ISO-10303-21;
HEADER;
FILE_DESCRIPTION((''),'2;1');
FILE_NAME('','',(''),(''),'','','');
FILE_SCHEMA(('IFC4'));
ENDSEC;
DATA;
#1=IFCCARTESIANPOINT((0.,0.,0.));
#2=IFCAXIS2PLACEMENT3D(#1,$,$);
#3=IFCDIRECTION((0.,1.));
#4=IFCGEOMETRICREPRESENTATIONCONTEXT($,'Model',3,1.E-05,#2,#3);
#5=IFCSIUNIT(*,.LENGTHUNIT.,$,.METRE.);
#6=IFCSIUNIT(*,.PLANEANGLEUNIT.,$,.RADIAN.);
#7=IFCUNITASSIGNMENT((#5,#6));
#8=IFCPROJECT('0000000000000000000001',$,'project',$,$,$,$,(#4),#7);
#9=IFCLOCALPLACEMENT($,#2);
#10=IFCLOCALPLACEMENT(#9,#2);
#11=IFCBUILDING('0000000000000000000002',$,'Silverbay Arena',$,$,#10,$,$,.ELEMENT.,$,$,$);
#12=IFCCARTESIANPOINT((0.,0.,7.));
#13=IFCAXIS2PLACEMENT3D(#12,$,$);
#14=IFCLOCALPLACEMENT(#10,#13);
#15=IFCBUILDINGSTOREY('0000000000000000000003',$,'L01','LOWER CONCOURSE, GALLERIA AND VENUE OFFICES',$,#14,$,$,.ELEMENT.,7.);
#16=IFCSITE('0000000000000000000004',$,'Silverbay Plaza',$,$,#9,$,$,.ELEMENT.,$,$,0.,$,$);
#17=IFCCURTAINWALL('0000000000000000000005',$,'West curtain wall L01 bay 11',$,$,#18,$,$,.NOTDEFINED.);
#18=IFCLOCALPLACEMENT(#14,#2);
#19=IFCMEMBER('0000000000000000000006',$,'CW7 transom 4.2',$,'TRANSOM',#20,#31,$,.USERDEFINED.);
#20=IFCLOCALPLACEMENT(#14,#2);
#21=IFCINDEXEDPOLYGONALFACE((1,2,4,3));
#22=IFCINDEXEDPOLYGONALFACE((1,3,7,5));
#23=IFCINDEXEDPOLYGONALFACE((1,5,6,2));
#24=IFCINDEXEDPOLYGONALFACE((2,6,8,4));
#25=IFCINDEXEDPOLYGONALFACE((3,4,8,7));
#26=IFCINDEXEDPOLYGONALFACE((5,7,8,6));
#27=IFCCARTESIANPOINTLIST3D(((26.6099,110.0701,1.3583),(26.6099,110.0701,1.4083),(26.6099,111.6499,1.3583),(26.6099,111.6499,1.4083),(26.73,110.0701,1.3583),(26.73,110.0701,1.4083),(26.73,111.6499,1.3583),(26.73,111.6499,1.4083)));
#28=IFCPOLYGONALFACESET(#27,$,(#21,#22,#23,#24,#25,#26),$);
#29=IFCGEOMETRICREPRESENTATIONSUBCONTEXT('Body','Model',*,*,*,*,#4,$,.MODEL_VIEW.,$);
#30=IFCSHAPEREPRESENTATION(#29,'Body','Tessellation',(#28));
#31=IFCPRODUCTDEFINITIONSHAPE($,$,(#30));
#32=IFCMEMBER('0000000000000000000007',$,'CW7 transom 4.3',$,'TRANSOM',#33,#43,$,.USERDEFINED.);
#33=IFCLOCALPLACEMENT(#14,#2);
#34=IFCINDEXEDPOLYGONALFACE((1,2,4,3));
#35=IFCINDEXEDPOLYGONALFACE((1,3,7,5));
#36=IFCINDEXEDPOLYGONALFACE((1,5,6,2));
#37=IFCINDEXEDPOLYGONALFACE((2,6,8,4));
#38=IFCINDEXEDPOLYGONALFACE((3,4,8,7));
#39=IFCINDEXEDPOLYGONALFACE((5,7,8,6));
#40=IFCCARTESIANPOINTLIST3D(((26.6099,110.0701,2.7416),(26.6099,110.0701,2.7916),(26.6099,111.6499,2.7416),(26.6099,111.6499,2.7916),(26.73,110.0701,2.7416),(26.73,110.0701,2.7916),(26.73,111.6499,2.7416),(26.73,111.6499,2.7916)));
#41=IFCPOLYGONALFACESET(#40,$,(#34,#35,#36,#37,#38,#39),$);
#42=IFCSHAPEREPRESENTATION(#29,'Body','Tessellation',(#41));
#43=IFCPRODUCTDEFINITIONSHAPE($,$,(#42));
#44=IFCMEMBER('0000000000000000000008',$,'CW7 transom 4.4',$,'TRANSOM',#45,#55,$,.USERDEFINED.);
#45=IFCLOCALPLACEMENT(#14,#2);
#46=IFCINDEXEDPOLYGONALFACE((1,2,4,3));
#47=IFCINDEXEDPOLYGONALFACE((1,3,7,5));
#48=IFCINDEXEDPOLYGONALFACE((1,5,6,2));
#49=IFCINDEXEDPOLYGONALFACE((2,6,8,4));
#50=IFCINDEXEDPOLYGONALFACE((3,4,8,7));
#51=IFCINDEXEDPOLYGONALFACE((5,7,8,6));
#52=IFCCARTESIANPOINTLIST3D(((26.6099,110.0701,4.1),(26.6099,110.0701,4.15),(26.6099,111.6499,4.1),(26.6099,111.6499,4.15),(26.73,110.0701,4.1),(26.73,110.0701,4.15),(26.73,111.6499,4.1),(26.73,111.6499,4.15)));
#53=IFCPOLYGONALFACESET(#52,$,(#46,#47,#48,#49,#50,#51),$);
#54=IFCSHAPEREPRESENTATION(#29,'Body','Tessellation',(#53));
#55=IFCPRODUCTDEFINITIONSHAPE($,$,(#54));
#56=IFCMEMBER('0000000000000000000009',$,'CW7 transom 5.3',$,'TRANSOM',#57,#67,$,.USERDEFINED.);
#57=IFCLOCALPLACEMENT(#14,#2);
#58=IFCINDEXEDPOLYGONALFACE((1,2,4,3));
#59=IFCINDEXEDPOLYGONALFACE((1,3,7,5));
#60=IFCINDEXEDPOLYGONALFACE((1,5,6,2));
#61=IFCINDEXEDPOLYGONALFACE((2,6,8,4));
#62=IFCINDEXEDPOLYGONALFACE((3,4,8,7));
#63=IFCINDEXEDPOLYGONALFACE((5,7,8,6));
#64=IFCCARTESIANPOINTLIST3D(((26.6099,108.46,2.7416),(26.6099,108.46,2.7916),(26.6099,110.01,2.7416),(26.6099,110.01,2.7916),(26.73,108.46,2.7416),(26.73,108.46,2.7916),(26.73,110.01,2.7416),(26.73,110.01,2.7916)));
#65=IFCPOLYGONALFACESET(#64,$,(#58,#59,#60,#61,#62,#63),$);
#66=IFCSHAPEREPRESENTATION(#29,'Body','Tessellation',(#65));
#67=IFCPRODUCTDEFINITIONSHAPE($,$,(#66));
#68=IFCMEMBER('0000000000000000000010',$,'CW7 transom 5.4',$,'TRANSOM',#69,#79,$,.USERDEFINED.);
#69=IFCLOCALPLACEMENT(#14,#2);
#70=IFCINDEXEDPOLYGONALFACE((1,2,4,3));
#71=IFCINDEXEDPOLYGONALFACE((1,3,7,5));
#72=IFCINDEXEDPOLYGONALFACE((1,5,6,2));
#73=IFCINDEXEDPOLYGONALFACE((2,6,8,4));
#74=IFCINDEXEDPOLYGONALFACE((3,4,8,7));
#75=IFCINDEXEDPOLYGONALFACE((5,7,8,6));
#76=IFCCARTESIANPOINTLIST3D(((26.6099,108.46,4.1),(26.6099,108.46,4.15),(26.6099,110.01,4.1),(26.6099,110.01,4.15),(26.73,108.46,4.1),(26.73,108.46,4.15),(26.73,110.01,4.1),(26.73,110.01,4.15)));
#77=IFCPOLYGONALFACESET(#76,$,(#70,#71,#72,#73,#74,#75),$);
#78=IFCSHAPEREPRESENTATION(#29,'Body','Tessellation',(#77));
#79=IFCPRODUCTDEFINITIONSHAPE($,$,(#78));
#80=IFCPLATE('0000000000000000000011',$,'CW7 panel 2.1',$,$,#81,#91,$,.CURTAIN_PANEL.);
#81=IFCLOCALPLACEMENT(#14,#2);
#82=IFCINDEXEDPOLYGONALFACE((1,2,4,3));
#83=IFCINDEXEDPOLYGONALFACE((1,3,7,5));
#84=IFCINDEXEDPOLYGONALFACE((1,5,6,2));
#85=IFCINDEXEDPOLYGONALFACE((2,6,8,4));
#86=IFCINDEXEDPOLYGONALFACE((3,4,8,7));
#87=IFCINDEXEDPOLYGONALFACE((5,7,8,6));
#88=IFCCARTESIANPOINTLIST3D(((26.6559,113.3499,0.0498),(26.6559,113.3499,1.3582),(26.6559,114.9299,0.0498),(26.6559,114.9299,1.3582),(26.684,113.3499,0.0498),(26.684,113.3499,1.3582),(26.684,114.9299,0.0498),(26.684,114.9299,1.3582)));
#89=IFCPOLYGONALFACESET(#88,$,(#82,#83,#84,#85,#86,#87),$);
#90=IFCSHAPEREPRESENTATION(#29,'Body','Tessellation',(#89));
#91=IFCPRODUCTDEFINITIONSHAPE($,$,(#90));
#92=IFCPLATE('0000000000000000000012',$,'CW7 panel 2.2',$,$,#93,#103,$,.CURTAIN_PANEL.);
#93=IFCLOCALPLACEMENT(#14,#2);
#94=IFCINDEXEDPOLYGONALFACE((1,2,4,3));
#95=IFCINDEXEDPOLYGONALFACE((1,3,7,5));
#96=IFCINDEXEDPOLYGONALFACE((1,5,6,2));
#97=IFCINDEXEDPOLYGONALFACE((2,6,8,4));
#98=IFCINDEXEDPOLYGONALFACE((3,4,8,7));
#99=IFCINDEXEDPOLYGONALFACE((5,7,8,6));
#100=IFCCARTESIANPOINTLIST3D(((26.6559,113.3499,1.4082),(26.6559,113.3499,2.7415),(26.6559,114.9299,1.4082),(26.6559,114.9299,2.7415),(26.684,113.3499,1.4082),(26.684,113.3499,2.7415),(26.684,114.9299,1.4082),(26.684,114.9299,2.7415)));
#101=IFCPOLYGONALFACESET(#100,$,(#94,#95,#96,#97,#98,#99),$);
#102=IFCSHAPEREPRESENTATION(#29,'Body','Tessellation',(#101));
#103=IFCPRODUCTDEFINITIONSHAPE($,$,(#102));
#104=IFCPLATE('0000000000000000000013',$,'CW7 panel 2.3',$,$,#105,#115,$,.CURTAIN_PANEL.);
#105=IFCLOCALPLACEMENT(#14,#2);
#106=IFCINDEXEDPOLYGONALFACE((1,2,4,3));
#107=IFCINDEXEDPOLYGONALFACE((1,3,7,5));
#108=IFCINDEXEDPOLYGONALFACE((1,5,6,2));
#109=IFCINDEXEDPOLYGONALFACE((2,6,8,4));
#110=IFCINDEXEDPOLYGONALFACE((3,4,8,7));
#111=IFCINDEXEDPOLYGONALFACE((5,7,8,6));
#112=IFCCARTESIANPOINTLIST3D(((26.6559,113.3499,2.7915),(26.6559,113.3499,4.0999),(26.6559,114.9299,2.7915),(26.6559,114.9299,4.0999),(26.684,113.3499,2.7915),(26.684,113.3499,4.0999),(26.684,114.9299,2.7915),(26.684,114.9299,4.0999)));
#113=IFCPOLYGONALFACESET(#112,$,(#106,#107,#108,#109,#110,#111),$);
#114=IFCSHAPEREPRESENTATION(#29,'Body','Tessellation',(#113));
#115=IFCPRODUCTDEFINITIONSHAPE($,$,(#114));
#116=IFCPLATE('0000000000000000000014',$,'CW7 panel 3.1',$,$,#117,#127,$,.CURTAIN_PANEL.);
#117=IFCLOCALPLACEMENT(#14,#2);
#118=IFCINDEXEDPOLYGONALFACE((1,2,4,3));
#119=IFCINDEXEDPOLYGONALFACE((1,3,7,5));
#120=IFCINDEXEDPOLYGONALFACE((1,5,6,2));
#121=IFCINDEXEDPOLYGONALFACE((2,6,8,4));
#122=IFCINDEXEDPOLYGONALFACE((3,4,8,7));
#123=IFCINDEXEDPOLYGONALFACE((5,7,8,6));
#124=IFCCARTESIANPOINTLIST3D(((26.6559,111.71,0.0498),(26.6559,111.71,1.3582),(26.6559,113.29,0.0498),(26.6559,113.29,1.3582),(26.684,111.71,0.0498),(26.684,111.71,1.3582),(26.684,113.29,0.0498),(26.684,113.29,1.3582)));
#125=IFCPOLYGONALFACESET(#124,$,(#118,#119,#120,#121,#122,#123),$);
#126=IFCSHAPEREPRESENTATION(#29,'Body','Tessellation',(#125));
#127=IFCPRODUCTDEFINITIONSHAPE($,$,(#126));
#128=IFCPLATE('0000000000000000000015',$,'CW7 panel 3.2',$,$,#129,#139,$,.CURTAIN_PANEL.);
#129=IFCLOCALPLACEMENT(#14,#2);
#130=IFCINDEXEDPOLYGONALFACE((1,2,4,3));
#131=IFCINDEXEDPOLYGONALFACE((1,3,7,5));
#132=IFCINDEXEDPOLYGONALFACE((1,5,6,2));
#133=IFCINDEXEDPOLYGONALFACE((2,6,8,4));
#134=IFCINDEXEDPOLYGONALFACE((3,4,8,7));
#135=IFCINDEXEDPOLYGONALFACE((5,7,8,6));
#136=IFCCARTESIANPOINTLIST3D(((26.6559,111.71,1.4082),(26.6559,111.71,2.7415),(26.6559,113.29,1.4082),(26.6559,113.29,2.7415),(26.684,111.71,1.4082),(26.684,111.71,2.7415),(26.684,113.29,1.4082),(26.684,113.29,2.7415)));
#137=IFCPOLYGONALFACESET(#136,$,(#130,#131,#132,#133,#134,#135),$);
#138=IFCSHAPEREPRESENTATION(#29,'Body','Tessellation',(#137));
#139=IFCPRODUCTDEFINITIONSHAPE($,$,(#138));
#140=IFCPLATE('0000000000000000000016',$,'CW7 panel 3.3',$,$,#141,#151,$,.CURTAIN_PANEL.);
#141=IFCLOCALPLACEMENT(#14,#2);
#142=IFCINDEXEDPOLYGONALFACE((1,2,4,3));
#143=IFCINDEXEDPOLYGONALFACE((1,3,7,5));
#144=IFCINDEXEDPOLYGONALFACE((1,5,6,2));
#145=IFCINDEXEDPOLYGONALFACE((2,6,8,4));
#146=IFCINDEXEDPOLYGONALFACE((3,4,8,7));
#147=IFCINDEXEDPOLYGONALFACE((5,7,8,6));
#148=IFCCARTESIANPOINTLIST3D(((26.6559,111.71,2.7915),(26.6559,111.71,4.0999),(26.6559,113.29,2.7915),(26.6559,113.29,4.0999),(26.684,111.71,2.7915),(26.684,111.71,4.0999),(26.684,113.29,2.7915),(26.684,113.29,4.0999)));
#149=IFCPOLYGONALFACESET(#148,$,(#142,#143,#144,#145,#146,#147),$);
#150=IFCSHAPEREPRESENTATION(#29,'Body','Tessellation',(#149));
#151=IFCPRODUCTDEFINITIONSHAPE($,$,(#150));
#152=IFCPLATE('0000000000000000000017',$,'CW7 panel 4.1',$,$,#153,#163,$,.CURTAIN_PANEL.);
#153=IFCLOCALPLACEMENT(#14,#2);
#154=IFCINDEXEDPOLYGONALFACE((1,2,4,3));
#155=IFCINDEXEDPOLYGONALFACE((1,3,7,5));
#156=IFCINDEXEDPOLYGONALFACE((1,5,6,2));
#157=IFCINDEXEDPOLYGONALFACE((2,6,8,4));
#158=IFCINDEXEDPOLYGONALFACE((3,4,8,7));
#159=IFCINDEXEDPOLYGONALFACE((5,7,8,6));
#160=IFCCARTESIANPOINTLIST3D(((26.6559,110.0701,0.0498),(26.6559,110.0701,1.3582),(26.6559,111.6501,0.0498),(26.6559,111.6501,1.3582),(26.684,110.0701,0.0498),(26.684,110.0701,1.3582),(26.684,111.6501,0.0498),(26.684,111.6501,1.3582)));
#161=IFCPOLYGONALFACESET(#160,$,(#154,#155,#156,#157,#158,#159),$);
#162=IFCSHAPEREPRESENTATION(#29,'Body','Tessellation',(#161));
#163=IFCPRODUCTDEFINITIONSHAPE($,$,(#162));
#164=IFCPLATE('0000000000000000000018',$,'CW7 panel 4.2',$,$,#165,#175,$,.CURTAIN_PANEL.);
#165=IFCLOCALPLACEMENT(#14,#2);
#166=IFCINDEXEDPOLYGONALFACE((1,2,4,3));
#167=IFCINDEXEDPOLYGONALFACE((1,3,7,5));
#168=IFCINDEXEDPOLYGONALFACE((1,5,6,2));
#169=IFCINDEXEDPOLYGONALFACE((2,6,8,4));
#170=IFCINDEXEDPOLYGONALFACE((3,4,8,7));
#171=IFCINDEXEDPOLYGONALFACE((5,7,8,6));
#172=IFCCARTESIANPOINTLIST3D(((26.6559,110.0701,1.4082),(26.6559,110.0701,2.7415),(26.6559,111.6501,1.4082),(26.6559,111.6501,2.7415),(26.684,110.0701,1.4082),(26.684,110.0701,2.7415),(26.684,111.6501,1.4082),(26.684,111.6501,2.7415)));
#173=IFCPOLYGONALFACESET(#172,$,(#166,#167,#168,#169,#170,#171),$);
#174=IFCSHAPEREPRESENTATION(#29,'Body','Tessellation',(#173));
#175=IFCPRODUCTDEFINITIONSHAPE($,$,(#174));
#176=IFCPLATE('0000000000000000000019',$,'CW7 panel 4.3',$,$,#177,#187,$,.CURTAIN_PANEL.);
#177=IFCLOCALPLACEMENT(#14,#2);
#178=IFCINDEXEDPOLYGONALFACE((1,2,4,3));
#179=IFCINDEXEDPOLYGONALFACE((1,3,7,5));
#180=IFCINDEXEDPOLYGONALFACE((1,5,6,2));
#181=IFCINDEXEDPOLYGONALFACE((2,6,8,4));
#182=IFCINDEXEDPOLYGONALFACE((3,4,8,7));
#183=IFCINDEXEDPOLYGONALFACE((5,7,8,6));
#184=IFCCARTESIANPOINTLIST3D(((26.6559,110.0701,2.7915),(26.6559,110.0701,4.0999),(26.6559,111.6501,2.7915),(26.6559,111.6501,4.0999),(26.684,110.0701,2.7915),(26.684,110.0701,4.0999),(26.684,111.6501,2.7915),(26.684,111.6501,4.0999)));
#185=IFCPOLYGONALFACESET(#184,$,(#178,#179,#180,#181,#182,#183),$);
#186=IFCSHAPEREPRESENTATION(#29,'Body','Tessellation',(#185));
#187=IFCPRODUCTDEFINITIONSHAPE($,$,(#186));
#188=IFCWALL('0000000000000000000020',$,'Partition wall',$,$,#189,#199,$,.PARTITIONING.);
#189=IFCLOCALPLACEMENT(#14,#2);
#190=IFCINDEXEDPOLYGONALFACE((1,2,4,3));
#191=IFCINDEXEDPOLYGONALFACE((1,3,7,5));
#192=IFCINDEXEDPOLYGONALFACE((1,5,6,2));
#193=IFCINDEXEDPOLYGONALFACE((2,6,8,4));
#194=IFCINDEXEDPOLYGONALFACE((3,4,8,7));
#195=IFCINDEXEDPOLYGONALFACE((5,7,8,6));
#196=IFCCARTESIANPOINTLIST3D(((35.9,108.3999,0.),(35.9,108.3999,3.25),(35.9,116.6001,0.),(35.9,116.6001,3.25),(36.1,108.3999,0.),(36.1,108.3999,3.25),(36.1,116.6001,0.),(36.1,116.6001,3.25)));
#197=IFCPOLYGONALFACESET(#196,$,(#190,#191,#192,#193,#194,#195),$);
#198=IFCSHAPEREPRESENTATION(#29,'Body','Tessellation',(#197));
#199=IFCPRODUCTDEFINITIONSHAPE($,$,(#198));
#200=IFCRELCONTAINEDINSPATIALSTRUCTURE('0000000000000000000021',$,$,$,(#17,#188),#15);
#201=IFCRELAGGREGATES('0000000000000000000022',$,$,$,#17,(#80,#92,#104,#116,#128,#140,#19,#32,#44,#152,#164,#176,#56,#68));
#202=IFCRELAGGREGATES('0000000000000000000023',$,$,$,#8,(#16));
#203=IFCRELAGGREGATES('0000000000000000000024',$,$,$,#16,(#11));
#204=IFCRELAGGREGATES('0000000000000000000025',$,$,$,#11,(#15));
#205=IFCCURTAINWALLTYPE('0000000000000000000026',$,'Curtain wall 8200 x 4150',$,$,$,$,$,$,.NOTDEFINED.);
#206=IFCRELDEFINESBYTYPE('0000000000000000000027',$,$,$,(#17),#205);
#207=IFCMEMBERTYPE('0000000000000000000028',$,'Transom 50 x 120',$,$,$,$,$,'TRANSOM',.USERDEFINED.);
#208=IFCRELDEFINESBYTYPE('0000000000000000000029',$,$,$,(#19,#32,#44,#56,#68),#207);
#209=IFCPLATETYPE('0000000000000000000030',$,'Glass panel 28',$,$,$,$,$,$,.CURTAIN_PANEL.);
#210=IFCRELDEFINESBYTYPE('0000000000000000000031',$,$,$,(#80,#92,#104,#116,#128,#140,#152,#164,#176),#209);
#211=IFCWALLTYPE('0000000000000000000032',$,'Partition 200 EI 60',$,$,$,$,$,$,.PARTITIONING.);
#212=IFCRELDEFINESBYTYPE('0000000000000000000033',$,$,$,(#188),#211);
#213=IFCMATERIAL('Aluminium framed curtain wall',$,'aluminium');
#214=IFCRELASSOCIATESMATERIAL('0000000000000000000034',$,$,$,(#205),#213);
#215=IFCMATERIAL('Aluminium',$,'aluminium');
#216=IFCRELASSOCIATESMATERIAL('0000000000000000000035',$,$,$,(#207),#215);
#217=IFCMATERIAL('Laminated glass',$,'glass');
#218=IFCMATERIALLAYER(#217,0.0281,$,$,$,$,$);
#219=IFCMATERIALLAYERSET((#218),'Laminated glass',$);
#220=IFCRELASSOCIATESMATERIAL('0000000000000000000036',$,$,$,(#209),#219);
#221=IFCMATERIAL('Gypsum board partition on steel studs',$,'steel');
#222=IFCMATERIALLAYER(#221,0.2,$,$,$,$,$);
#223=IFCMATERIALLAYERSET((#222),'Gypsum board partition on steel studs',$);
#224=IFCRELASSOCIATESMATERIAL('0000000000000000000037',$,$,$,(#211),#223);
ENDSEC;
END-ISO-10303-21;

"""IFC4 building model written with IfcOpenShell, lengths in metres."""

from ifc_helpers import new_model, si_unit, direction, frame, frame_2d, origin, origin_2d, place, context, subcontext, project, spatial, rectangle, extrude, material, layer, layer_set, material_profile, profile_set, type_object, element, aggregate, save


model = new_model("IFC4")

# Units and contexts
model_context = context("Model", 3, precision=1e-05, world=origin(), true_north=direction((0.0, 1.0)))
body_context = subcontext(model_context, "Body", "Model", "MODEL_VIEW")
ifc_project = project(units=[si_unit("LENGTHUNIT", "METRE"), si_unit("PLANEANGLEUNIT", "RADIAN")], contexts=[model_context])

# Site, building, storey
site_placement = place(None, origin())
site = spatial("IfcSite", under=ifc_project, at=site_placement, Name="Silverbay Plaza", CompositionType="ELEMENT", RefElevation=0.0)
building_placement = place(site_placement, origin())
building = spatial("IfcBuilding", under=site, at=building_placement, Name="Silverbay Arena", CompositionType="ELEMENT")
storey_placement = place(building_placement, frame((0.0, 0.0, 7.0)))
storey = spatial("IfcBuildingStorey", under=building, at=storey_placement, Name="L01", Description="LOWER CONCOURSE, GALLERIA AND VENUE OFFICES", CompositionType="ELEMENT", Elevation=7.0)

# Curtain wall
ifc_material_1 = material(Name="Aluminium framed curtain wall", Category="aluminium")
curtain_wall_type = type_object("IfcCurtainWallType", Name="Curtain wall 8200 x 4150", PredefinedType="NOTDEFINED", material=ifc_material_1)
curtain_wall_placement = place(storey_placement, origin())
curtain_wall = element("IfcCurtainWall", 1, at=curtain_wall_placement, inside=storey, type_object=curtain_wall_type, Name="West curtain wall L01 bay 11", PredefinedType="NOTDEFINED")

# Members
ifc_material_2 = material(Name="Aluminium", Category="aluminium")
ifc_material_profile_1 = material_profile(ifc_material_2, rectangle(XDim=0.1201, YDim=0.05, at=origin_2d()), Name="Transom 50 x 120")
ifc_profile_set_1 = profile_set([ifc_material_profile_1], Name="Aluminium")
member_type_1 = type_object("IfcMemberType", Name="Transom 50 x 120", ElementType="TRANSOM", PredefinedType="USERDEFINED", material=ifc_profile_set_1)
member_1_placement = place(storey_placement, frame((26.6699, 111.6499, 1.3833), z_axis=(0.0, -1.0, 0.0), x_axis=(1.0, 0.0, 0.0)))
member_1 = element("IfcMember", 2, at=member_1_placement, type_object=member_type_1, Name="CW7 transom 4.2", ObjectType="TRANSOM", PredefinedType="USERDEFINED", context=body_context, shape_type="SweptSolid", body=[
    extrude(rectangle(XDim=0.1201, YDim=0.05, at=origin_2d()), origin(), (0.0, 0.0, 1.0), 1.5798),
])
member_2_placement = place(storey_placement, frame((26.6699, 111.6499, 2.7666), z_axis=(0.0, -1.0, 0.0), x_axis=(1.0, 0.0, 0.0)))
member_2 = element("IfcMember", 3, at=member_2_placement, type_object=member_type_1, Name="CW7 transom 4.3", ObjectType="TRANSOM", PredefinedType="USERDEFINED", context=body_context, shape_type="SweptSolid", body=[
    extrude(rectangle(XDim=0.1201, YDim=0.05, at=origin_2d()), origin(), (0.0, 0.0, 1.0), 1.5798),
])
member_3_placement = place(storey_placement, frame((26.6699, 111.6499, 4.125), z_axis=(0.0, -1.0, 0.0), x_axis=(1.0, 0.0, 0.0)))
member_3 = element("IfcMember", 4, at=member_3_placement, type_object=member_type_1, Name="CW7 transom 4.4", ObjectType="TRANSOM", PredefinedType="USERDEFINED", context=body_context, shape_type="SweptSolid", body=[
    extrude(rectangle(XDim=0.1201, YDim=0.05, at=origin_2d()), origin(), (0.0, 0.0, 1.0), 1.5798),
])
member_4_placement = place(storey_placement, frame((26.6699, 110.01, 2.7666), z_axis=(0.0, -1.0, 0.0), x_axis=(1.0, 0.0, 0.0)))
member_4 = element("IfcMember", 5, at=member_4_placement, type_object=member_type_1, Name="CW7 transom 5.3", ObjectType="TRANSOM", PredefinedType="USERDEFINED", context=body_context, shape_type="SweptSolid", body=[
    extrude(rectangle(XDim=0.1201, YDim=0.05, at=origin_2d()), origin(), (0.0, 0.0, 1.0), 1.55),
])
member_5_placement = place(storey_placement, frame((26.6699, 110.01, 4.125), z_axis=(0.0, -1.0, 0.0), x_axis=(1.0, 0.0, 0.0)))
member_5 = element("IfcMember", 6, at=member_5_placement, type_object=member_type_1, Name="CW7 transom 5.4", ObjectType="TRANSOM", PredefinedType="USERDEFINED", context=body_context, shape_type="SweptSolid", body=[
    extrude(rectangle(XDim=0.1201, YDim=0.05, at=origin_2d()), origin(), (0.0, 0.0, 1.0), 1.55),
])

# Plates
ifc_material_3 = material(Name="Laminated glass", Category="glass")
ifc_layer_1 = layer(ifc_material_3, 0.0281)
ifc_layer_set_1 = layer_set([ifc_layer_1], Name="Laminated glass")
plate_type = type_object("IfcPlateType", Name="Glass panel 28", PredefinedType="CURTAIN_PANEL", material=ifc_layer_set_1)
plate_1_placement = place(storey_placement, frame((26.6699, 114.1399, 0.0498), z_axis=(0.0, 0.0, 1.0), x_axis=(0.0, -1.0, 0.0)))
plate_1 = element("IfcPlate", 7, at=plate_1_placement, type_object=plate_type, Name="CW7 panel 2.1", PredefinedType="CURTAIN_PANEL", context=body_context, shape_type="SweptSolid", body=[
    extrude(rectangle(XDim=1.5801, YDim=0.0281, at=origin_2d()), origin(), (0.0, 0.0, 1.0), 1.3083),
])
plate_2_placement = place(storey_placement, frame((26.6699, 114.1399, 1.4082), z_axis=(0.0, 0.0, 1.0), x_axis=(0.0, -1.0, 0.0)))
plate_2 = element("IfcPlate", 8, at=plate_2_placement, type_object=plate_type, Name="CW7 panel 2.2", PredefinedType="CURTAIN_PANEL", context=body_context, shape_type="SweptSolid", body=[
    extrude(rectangle(XDim=1.5801, YDim=0.0281, at=origin_2d()), origin(), (0.0, 0.0, 1.0), 1.3333),
])
plate_3_placement = place(storey_placement, frame((26.6699, 114.1399, 2.7915), z_axis=(0.0, 0.0, 1.0), x_axis=(0.0, -1.0, 0.0)))
plate_3 = element("IfcPlate", 9, at=plate_3_placement, type_object=plate_type, Name="CW7 panel 2.3", PredefinedType="CURTAIN_PANEL", context=body_context, shape_type="SweptSolid", body=[
    extrude(rectangle(XDim=1.5801, YDim=0.0281, at=origin_2d()), origin(), (0.0, 0.0, 1.0), 1.3083),
])
plate_4_placement = place(storey_placement, frame((26.6699, 112.5, 0.0498), z_axis=(0.0, 0.0, 1.0), x_axis=(0.0, -1.0, 0.0)))
plate_4 = element("IfcPlate", 10, at=plate_4_placement, type_object=plate_type, Name="CW7 panel 3.1", PredefinedType="CURTAIN_PANEL", context=body_context, shape_type="SweptSolid", body=[
    extrude(rectangle(XDim=1.5801, YDim=0.0281, at=origin_2d()), origin(), (0.0, 0.0, 1.0), 1.3083),
])
plate_5_placement = place(storey_placement, frame((26.6699, 112.5, 1.4082), z_axis=(0.0, 0.0, 1.0), x_axis=(0.0, -1.0, 0.0)))
plate_5 = element("IfcPlate", 11, at=plate_5_placement, type_object=plate_type, Name="CW7 panel 3.2", PredefinedType="CURTAIN_PANEL", context=body_context, shape_type="SweptSolid", body=[
    extrude(rectangle(XDim=1.5801, YDim=0.0281, at=origin_2d()), origin(), (0.0, 0.0, 1.0), 1.3333),
])
plate_6_placement = place(storey_placement, frame((26.6699, 112.5, 2.7915), z_axis=(0.0, 0.0, 1.0), x_axis=(0.0, -1.0, 0.0)))
plate_6 = element("IfcPlate", 12, at=plate_6_placement, type_object=plate_type, Name="CW7 panel 3.3", PredefinedType="CURTAIN_PANEL", context=body_context, shape_type="SweptSolid", body=[
    extrude(rectangle(XDim=1.5801, YDim=0.0281, at=origin_2d()), origin(), (0.0, 0.0, 1.0), 1.3083),
])
plate_7_placement = place(storey_placement, frame((26.6699, 110.8601, 0.0498), z_axis=(0.0, 0.0, 1.0), x_axis=(0.0, -1.0, 0.0)))
plate_7 = element("IfcPlate", 13, at=plate_7_placement, type_object=plate_type, Name="CW7 panel 4.1", PredefinedType="CURTAIN_PANEL", context=body_context, shape_type="SweptSolid", body=[
    extrude(rectangle(XDim=1.5801, YDim=0.0281, at=origin_2d()), origin(), (0.0, 0.0, 1.0), 1.3083),
])
plate_8_placement = place(storey_placement, frame((26.6699, 110.8601, 1.4082), z_axis=(0.0, 0.0, 1.0), x_axis=(0.0, -1.0, 0.0)))
plate_8 = element("IfcPlate", 14, at=plate_8_placement, type_object=plate_type, Name="CW7 panel 4.2", PredefinedType="CURTAIN_PANEL", context=body_context, shape_type="SweptSolid", body=[
    extrude(rectangle(XDim=1.5801, YDim=0.0281, at=origin_2d()), origin(), (0.0, 0.0, 1.0), 1.3333),
])
plate_9_placement = place(storey_placement, frame((26.6699, 110.8601, 2.7915), z_axis=(0.0, 0.0, 1.0), x_axis=(0.0, -1.0, 0.0)))
plate_9 = element("IfcPlate", 15, at=plate_9_placement, type_object=plate_type, Name="CW7 panel 4.3", PredefinedType="CURTAIN_PANEL", context=body_context, shape_type="SweptSolid", body=[
    extrude(rectangle(XDim=1.5801, YDim=0.0281, at=origin_2d()), origin(), (0.0, 0.0, 1.0), 1.3083),
])
aggregate(curtain_wall, [plate_1, plate_2, plate_3, plate_4, plate_5, plate_6, member_1, member_2, member_3, plate_7, plate_8, plate_9, member_4, member_5])

# Wall
ifc_material_4 = material(Name="Gypsum board partition on steel studs", Category="steel")
ifc_layer_2 = layer(ifc_material_4, 0.2)
ifc_layer_set_2 = layer_set([ifc_layer_2], Name="Gypsum board partition on steel studs")
wall_type = type_object("IfcWallType", Name="Partition 200 EI 60", PredefinedType="PARTITIONING", material=ifc_layer_set_2)
wall_placement = place(storey_placement, frame((36.0, 108.3999, 0.0), z_axis=(0.0, 0.0, 1.0), x_axis=(0.0, 1.0, 0.0)))
element("IfcWall", 16, at=wall_placement, inside=storey, type_object=wall_type, Name="Partition wall", PredefinedType="PARTITIONING", context=body_context, shape_type="SweptSolid", body=[
    extrude(rectangle(XDim=8.2002, YDim=0.2, at=frame_2d((4.1001, 0.0))), origin(), (0.0, 0.0, 1.0), 3.25),
])

save(model, "model.ifc")
